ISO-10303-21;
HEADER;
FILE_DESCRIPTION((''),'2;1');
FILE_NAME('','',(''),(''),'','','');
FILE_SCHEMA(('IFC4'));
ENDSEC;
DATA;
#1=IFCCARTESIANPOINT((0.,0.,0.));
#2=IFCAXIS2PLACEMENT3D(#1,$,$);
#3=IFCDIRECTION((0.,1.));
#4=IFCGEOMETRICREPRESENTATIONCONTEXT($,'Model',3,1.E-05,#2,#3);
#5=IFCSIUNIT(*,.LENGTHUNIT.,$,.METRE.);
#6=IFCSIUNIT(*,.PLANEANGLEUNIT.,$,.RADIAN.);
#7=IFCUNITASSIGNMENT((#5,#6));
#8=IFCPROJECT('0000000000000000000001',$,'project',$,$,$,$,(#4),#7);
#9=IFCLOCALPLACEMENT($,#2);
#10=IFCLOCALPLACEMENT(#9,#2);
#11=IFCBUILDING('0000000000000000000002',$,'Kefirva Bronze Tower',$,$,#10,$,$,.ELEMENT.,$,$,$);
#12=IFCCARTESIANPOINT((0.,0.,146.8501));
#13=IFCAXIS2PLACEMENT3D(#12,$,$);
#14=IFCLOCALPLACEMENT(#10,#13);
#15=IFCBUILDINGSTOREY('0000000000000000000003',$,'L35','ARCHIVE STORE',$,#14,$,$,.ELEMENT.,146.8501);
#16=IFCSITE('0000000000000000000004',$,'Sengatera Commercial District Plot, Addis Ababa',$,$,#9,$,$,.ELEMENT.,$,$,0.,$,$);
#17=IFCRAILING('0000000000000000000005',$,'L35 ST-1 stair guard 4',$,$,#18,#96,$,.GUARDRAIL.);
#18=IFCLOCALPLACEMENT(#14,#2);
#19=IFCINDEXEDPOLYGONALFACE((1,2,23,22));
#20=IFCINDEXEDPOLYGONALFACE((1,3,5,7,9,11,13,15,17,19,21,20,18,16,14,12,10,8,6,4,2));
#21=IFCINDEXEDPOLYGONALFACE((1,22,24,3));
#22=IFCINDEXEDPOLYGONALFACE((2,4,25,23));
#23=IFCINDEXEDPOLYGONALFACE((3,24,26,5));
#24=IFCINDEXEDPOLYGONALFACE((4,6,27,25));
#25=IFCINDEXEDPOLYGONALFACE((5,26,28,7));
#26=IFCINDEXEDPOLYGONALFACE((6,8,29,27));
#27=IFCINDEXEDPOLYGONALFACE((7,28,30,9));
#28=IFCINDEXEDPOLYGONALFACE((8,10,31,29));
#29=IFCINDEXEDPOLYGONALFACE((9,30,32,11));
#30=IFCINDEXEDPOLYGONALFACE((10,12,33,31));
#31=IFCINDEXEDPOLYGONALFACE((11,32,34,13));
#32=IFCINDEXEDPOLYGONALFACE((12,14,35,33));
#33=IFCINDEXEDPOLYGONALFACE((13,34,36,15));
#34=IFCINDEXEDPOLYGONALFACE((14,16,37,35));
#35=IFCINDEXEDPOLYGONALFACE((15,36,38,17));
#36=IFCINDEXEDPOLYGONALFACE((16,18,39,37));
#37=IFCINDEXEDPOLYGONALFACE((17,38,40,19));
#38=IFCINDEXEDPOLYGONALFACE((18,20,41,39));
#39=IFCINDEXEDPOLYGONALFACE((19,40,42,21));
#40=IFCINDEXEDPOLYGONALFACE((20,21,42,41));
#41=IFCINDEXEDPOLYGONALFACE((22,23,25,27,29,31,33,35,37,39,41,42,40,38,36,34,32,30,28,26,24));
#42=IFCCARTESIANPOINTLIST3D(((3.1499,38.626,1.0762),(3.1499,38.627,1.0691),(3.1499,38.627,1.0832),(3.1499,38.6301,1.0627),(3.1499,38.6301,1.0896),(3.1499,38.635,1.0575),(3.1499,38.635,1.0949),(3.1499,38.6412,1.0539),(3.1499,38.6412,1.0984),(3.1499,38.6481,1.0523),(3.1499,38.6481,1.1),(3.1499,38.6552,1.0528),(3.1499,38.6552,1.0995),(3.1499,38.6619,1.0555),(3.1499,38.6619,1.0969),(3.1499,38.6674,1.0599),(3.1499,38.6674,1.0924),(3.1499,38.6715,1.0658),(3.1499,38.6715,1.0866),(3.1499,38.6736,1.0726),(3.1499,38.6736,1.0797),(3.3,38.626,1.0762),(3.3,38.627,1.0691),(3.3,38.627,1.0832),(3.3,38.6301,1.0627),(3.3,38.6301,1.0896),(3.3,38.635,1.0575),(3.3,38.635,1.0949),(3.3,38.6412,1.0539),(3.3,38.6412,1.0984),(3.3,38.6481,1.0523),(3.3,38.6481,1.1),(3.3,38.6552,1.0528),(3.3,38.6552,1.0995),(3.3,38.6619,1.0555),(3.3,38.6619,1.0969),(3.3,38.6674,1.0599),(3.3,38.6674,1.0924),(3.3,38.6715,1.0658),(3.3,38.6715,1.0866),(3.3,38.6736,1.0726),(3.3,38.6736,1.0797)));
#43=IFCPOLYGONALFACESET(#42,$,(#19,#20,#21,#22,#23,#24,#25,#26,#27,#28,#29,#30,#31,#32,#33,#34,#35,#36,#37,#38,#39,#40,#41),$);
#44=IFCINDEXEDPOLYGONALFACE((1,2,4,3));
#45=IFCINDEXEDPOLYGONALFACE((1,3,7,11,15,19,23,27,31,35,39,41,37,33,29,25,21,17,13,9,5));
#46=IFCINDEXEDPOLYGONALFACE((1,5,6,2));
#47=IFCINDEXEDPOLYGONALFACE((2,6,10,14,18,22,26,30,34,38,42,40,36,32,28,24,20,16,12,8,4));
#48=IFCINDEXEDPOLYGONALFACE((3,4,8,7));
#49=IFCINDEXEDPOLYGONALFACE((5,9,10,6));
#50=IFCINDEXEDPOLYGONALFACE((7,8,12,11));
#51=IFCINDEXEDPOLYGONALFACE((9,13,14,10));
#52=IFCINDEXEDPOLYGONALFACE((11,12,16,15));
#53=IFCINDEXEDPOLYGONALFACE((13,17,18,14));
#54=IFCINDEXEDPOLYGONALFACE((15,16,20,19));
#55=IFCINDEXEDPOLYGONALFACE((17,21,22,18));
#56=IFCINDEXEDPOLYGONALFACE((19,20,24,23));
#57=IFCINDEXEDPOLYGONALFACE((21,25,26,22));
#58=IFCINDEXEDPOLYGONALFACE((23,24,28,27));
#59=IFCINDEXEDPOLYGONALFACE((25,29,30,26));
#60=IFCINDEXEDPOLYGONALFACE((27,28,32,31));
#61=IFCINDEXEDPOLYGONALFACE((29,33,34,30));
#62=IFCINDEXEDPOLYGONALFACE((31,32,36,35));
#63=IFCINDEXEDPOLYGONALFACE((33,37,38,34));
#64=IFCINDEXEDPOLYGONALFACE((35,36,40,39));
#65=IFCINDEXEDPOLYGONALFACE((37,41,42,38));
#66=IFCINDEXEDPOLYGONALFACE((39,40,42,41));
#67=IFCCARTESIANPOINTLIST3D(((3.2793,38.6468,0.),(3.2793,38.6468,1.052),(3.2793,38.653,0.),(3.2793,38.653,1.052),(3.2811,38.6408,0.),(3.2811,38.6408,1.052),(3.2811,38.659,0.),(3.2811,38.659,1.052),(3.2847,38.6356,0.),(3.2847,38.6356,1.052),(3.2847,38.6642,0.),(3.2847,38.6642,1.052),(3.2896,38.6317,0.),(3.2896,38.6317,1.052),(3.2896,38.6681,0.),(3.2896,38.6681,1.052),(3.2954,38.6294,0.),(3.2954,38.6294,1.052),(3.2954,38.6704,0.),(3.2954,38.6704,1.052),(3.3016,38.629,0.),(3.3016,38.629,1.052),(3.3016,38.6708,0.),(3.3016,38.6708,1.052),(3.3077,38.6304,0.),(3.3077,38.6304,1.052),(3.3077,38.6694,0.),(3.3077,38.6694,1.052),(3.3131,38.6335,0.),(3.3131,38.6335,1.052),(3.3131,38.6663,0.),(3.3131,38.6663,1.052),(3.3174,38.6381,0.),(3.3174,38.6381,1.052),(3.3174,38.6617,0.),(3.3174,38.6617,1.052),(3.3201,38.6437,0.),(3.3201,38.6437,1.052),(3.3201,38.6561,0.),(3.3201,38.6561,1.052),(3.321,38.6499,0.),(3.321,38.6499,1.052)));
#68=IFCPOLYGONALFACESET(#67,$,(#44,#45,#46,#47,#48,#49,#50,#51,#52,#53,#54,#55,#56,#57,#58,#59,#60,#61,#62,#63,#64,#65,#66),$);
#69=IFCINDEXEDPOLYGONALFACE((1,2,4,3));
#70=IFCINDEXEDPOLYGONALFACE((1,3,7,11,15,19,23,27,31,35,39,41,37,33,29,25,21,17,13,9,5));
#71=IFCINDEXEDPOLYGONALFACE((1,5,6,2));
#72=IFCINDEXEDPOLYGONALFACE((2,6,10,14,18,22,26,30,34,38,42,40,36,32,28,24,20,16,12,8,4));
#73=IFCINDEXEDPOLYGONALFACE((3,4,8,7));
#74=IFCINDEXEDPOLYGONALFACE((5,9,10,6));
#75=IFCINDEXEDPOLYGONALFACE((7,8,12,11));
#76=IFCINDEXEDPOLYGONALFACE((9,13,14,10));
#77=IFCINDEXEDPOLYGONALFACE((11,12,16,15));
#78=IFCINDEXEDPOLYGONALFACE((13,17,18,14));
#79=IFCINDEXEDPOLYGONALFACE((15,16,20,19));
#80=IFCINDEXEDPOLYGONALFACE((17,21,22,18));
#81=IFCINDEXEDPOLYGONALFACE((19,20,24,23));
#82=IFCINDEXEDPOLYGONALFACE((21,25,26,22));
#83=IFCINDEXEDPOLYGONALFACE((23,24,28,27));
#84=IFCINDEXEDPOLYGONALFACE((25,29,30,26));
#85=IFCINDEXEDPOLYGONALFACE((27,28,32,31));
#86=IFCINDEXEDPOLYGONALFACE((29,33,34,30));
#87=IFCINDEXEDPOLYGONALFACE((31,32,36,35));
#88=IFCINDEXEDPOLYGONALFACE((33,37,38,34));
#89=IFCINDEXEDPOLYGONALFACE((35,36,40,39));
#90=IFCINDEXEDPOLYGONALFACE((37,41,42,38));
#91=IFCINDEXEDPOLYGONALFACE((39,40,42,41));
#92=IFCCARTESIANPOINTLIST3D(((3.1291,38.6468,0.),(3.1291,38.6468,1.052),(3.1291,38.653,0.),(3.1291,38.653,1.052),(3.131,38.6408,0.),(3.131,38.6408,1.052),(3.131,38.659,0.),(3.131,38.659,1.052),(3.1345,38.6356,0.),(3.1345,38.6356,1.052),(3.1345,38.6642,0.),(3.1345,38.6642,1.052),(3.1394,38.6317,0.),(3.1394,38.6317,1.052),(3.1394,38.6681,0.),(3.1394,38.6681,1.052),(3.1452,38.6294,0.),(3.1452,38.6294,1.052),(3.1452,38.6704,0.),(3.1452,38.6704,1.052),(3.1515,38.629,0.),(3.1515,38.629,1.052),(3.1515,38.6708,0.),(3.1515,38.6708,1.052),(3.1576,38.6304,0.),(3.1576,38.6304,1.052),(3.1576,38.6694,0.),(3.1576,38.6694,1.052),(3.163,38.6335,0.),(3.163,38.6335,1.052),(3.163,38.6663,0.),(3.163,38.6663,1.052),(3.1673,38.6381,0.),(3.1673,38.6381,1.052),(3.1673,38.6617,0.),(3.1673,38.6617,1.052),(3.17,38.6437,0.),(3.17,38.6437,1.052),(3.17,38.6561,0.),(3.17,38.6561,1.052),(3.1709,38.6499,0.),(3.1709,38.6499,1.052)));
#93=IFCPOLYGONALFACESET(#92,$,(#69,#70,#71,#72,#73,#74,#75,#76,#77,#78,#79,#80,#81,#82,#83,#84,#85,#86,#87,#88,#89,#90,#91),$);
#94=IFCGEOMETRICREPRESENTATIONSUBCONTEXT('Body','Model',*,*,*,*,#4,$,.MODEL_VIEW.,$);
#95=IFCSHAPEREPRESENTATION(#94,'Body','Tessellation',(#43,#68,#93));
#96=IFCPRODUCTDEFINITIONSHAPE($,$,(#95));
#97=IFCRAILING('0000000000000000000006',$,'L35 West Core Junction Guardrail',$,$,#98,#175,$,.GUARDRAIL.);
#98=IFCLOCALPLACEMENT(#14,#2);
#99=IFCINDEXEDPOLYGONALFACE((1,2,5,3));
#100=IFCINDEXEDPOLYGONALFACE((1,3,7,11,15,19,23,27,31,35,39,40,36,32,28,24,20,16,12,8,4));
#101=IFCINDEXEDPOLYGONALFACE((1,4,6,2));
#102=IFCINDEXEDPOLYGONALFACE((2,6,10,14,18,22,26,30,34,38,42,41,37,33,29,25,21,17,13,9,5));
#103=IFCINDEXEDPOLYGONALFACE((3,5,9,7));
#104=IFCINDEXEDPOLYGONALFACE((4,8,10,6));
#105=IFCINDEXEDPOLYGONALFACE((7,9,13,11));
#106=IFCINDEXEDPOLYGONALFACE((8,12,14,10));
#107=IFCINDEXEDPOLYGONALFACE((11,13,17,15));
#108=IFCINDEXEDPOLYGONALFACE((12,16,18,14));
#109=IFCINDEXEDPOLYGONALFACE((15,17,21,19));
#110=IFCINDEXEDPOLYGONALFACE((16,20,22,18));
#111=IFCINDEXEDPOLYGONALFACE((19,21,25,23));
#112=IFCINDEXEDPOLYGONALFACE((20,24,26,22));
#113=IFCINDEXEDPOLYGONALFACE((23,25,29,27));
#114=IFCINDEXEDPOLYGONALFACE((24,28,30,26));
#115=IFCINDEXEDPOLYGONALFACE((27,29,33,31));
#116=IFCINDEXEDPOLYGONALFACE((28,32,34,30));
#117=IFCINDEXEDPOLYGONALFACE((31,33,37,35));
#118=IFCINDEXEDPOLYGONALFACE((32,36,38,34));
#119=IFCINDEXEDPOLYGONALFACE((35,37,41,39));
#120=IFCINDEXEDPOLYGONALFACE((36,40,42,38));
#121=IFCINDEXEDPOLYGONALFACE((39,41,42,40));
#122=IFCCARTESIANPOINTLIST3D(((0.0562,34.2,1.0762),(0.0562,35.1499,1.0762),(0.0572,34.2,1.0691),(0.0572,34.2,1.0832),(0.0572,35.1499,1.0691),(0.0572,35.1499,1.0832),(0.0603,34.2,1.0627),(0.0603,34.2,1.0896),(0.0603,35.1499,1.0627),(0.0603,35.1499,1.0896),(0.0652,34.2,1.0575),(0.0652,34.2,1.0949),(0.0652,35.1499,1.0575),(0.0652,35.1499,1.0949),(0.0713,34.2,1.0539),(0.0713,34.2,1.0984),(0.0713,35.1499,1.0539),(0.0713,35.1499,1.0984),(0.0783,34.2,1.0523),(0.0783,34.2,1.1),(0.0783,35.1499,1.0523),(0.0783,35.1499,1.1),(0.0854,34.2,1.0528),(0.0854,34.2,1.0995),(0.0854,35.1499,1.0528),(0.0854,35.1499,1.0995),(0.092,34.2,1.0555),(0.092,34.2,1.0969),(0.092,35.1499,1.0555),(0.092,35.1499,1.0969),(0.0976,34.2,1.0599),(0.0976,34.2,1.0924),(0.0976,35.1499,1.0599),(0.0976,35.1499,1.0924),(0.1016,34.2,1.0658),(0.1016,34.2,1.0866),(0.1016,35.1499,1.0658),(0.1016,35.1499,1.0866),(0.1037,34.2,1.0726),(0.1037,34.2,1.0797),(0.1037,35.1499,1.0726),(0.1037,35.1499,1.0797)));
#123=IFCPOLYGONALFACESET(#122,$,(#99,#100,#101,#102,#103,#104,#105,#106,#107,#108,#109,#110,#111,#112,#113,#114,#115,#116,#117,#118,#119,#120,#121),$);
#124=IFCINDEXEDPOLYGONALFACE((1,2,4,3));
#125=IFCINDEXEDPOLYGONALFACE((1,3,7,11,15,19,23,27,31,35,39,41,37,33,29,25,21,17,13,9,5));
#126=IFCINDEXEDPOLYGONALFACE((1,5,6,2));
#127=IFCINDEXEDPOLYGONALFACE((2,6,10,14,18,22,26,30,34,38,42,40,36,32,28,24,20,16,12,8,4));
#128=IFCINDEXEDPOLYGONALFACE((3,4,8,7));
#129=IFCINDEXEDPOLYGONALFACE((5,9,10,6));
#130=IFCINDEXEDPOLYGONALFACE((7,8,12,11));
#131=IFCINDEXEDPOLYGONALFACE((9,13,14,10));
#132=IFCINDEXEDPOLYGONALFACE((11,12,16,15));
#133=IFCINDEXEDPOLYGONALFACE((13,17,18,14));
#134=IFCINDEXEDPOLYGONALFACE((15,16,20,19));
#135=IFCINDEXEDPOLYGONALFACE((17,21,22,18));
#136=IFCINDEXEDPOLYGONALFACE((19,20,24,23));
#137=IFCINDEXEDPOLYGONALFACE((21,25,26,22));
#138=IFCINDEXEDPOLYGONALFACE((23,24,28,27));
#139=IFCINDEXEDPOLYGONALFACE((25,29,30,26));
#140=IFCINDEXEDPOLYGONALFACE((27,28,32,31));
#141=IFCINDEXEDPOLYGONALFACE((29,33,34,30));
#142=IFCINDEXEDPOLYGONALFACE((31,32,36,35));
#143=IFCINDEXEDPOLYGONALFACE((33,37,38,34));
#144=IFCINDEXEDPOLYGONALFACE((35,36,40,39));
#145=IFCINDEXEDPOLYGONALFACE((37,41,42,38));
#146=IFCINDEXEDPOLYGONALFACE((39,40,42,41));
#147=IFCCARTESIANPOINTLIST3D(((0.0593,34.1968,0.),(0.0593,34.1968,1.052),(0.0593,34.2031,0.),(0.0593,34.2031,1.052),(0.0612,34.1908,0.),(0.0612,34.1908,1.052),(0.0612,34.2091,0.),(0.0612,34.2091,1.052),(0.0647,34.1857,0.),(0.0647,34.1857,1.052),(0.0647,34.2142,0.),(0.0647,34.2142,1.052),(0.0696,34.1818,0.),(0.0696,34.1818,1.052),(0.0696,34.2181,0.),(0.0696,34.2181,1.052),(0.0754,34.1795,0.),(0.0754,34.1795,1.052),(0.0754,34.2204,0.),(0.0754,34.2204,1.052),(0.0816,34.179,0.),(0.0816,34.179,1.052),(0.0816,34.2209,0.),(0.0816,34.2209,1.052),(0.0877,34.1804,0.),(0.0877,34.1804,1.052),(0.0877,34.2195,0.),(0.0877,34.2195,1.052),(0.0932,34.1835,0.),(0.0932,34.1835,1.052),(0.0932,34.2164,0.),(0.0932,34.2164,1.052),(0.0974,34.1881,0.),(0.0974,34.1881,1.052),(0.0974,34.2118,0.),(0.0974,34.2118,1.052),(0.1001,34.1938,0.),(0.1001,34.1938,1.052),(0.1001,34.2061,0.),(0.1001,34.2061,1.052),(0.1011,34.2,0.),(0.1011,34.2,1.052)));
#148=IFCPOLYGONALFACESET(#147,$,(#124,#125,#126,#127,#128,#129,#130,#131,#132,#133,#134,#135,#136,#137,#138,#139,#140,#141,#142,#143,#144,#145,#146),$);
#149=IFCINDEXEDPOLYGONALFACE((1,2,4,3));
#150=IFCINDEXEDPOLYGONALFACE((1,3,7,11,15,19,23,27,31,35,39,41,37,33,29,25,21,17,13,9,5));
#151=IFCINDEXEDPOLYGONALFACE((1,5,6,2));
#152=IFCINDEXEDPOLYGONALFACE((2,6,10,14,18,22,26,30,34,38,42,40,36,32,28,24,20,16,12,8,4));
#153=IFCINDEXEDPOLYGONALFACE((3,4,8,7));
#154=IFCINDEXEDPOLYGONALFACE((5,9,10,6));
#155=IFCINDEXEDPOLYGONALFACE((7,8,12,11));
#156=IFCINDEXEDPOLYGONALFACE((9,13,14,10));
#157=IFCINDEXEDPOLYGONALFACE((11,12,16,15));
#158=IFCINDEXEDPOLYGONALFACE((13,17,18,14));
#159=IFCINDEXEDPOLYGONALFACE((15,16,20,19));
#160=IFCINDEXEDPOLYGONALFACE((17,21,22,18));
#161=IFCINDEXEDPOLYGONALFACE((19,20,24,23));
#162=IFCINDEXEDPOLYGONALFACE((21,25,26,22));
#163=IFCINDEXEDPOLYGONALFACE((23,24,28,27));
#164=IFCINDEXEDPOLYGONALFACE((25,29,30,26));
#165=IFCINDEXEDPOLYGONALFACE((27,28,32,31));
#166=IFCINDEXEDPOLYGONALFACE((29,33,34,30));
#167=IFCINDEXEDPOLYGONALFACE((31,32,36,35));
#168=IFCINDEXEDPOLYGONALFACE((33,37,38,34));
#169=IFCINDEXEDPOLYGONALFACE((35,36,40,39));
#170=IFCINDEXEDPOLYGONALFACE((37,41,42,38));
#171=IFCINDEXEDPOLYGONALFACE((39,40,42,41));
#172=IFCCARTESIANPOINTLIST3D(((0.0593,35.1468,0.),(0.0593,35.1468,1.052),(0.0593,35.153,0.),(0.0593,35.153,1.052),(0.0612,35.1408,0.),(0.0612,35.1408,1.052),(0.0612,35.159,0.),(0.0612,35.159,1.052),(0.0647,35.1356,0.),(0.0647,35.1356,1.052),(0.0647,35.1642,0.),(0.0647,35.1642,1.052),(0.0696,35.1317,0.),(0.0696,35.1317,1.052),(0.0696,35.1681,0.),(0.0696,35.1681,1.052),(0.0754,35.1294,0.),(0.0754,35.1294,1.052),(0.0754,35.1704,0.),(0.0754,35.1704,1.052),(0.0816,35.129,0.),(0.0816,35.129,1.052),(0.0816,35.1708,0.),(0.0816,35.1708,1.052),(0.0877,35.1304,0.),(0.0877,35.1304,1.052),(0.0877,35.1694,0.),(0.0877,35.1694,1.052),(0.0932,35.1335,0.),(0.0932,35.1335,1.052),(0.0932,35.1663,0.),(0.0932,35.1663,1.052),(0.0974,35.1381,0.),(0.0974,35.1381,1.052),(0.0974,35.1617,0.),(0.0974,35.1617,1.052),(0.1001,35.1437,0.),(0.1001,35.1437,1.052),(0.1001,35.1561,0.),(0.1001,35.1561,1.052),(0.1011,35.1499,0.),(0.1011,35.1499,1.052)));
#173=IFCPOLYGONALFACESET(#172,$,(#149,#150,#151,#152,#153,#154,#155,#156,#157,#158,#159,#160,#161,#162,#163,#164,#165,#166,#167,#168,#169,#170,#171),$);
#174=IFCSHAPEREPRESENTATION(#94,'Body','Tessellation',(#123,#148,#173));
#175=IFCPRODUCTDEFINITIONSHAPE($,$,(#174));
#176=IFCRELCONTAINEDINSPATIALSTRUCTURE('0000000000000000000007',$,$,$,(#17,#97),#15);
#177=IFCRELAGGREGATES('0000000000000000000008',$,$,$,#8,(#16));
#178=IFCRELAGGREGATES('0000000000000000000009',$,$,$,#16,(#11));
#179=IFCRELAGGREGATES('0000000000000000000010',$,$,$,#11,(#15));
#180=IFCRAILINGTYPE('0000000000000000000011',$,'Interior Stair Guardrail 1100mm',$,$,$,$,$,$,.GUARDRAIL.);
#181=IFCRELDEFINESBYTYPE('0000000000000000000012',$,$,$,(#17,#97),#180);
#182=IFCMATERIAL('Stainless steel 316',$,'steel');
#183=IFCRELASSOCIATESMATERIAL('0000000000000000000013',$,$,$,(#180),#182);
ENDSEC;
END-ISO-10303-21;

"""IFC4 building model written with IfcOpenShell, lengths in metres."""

from ifc_helpers import new_model, si_unit, direction, frame, origin, origin_2d, place, context, subcontext, project, spatial, circle, extrude, material, type_object, element, save


model = new_model("IFC4")

# Units and contexts
model_context = context("Model", 3, precision=1e-05, world=origin(), true_north=direction((0.0, 1.0)))
body_context = subcontext(model_context, "Body", "Model", "MODEL_VIEW")
ifc_project = project(units=[si_unit("LENGTHUNIT", "METRE"), si_unit("PLANEANGLEUNIT", "RADIAN")], contexts=[model_context])

# Site, building, storey
site_placement = place(None, origin())
site = spatial("IfcSite", under=ifc_project, at=site_placement, Name="Sengatera Commercial District Plot, Addis Ababa", CompositionType="ELEMENT", RefElevation=0.0)
building_placement = place(site_placement, origin())
building = spatial("IfcBuilding", under=site, at=building_placement, Name="Kefirva Bronze Tower", CompositionType="ELEMENT")
storey_placement = place(building_placement, frame((0.0, 0.0, 146.8501)))
storey = spatial("IfcBuildingStorey", under=building, at=storey_placement, Name="L35", Description="ARCHIVE STORE", CompositionType="ELEMENT", Elevation=146.8501)

# Railings
ifc_material_1 = material(Name="Stainless steel 316", Category="steel")
railing_type_1 = type_object("IfcRailingType", Name="Interior Stair Guardrail 1100mm", PredefinedType="GUARDRAIL", material=ifc_material_1)
railing_1_placement = place(storey_placement, frame((3.3, 38.6499, 0.0)))
element("IfcRailing", 1, at=railing_1_placement, inside=storey, type_object=railing_type_1, Name="L35 ST-1 stair guard 4", PredefinedType="GUARDRAIL", context=body_context, shape_type="SweptSolid", body=[
    extrude(circle(Radius=0.0239, at=origin_2d()), frame((0.0, 0.0, 1.0762), z_axis=(-1.0, 0.0, 0.0), x_axis=(0.0, -1.0, 0.0)), (0.0, 0.0, 1.0), 0.1501),
    extrude(circle(Radius=0.021, at=origin_2d()), origin(), (0.0, 0.0, 1.0), 1.052),
    extrude(circle(Radius=0.021, at=origin_2d()), frame((-0.1501, 0.0, 0.0)), (0.0, 0.0, 1.0), 1.052),
])
railing_2_placement = place(storey_placement, frame((0.0801, 34.2, 0.0)))
element("IfcRailing", 2, at=railing_2_placement, inside=storey, type_object=railing_type_1, Name="L35 West Core Junction Guardrail", PredefinedType="GUARDRAIL", context=body_context, shape_type="SweptSolid", body=[
    extrude(circle(Radius=0.0239, at=origin_2d()), frame((0.0, 0.0, 1.0762), z_axis=(0.0, 1.0, 0.0), x_axis=(-1.0, 0.0, 0.0)), (0.0, 0.0, 1.0), 0.95),
    extrude(circle(Radius=0.021, at=origin_2d()), origin(), (0.0, 0.0, 1.0), 1.052),
    extrude(circle(Radius=0.021, at=origin_2d()), frame((0.0, 0.95, 0.0)), (0.0, 0.0, 1.0), 1.052),
])

save(model, "model.ifc")
